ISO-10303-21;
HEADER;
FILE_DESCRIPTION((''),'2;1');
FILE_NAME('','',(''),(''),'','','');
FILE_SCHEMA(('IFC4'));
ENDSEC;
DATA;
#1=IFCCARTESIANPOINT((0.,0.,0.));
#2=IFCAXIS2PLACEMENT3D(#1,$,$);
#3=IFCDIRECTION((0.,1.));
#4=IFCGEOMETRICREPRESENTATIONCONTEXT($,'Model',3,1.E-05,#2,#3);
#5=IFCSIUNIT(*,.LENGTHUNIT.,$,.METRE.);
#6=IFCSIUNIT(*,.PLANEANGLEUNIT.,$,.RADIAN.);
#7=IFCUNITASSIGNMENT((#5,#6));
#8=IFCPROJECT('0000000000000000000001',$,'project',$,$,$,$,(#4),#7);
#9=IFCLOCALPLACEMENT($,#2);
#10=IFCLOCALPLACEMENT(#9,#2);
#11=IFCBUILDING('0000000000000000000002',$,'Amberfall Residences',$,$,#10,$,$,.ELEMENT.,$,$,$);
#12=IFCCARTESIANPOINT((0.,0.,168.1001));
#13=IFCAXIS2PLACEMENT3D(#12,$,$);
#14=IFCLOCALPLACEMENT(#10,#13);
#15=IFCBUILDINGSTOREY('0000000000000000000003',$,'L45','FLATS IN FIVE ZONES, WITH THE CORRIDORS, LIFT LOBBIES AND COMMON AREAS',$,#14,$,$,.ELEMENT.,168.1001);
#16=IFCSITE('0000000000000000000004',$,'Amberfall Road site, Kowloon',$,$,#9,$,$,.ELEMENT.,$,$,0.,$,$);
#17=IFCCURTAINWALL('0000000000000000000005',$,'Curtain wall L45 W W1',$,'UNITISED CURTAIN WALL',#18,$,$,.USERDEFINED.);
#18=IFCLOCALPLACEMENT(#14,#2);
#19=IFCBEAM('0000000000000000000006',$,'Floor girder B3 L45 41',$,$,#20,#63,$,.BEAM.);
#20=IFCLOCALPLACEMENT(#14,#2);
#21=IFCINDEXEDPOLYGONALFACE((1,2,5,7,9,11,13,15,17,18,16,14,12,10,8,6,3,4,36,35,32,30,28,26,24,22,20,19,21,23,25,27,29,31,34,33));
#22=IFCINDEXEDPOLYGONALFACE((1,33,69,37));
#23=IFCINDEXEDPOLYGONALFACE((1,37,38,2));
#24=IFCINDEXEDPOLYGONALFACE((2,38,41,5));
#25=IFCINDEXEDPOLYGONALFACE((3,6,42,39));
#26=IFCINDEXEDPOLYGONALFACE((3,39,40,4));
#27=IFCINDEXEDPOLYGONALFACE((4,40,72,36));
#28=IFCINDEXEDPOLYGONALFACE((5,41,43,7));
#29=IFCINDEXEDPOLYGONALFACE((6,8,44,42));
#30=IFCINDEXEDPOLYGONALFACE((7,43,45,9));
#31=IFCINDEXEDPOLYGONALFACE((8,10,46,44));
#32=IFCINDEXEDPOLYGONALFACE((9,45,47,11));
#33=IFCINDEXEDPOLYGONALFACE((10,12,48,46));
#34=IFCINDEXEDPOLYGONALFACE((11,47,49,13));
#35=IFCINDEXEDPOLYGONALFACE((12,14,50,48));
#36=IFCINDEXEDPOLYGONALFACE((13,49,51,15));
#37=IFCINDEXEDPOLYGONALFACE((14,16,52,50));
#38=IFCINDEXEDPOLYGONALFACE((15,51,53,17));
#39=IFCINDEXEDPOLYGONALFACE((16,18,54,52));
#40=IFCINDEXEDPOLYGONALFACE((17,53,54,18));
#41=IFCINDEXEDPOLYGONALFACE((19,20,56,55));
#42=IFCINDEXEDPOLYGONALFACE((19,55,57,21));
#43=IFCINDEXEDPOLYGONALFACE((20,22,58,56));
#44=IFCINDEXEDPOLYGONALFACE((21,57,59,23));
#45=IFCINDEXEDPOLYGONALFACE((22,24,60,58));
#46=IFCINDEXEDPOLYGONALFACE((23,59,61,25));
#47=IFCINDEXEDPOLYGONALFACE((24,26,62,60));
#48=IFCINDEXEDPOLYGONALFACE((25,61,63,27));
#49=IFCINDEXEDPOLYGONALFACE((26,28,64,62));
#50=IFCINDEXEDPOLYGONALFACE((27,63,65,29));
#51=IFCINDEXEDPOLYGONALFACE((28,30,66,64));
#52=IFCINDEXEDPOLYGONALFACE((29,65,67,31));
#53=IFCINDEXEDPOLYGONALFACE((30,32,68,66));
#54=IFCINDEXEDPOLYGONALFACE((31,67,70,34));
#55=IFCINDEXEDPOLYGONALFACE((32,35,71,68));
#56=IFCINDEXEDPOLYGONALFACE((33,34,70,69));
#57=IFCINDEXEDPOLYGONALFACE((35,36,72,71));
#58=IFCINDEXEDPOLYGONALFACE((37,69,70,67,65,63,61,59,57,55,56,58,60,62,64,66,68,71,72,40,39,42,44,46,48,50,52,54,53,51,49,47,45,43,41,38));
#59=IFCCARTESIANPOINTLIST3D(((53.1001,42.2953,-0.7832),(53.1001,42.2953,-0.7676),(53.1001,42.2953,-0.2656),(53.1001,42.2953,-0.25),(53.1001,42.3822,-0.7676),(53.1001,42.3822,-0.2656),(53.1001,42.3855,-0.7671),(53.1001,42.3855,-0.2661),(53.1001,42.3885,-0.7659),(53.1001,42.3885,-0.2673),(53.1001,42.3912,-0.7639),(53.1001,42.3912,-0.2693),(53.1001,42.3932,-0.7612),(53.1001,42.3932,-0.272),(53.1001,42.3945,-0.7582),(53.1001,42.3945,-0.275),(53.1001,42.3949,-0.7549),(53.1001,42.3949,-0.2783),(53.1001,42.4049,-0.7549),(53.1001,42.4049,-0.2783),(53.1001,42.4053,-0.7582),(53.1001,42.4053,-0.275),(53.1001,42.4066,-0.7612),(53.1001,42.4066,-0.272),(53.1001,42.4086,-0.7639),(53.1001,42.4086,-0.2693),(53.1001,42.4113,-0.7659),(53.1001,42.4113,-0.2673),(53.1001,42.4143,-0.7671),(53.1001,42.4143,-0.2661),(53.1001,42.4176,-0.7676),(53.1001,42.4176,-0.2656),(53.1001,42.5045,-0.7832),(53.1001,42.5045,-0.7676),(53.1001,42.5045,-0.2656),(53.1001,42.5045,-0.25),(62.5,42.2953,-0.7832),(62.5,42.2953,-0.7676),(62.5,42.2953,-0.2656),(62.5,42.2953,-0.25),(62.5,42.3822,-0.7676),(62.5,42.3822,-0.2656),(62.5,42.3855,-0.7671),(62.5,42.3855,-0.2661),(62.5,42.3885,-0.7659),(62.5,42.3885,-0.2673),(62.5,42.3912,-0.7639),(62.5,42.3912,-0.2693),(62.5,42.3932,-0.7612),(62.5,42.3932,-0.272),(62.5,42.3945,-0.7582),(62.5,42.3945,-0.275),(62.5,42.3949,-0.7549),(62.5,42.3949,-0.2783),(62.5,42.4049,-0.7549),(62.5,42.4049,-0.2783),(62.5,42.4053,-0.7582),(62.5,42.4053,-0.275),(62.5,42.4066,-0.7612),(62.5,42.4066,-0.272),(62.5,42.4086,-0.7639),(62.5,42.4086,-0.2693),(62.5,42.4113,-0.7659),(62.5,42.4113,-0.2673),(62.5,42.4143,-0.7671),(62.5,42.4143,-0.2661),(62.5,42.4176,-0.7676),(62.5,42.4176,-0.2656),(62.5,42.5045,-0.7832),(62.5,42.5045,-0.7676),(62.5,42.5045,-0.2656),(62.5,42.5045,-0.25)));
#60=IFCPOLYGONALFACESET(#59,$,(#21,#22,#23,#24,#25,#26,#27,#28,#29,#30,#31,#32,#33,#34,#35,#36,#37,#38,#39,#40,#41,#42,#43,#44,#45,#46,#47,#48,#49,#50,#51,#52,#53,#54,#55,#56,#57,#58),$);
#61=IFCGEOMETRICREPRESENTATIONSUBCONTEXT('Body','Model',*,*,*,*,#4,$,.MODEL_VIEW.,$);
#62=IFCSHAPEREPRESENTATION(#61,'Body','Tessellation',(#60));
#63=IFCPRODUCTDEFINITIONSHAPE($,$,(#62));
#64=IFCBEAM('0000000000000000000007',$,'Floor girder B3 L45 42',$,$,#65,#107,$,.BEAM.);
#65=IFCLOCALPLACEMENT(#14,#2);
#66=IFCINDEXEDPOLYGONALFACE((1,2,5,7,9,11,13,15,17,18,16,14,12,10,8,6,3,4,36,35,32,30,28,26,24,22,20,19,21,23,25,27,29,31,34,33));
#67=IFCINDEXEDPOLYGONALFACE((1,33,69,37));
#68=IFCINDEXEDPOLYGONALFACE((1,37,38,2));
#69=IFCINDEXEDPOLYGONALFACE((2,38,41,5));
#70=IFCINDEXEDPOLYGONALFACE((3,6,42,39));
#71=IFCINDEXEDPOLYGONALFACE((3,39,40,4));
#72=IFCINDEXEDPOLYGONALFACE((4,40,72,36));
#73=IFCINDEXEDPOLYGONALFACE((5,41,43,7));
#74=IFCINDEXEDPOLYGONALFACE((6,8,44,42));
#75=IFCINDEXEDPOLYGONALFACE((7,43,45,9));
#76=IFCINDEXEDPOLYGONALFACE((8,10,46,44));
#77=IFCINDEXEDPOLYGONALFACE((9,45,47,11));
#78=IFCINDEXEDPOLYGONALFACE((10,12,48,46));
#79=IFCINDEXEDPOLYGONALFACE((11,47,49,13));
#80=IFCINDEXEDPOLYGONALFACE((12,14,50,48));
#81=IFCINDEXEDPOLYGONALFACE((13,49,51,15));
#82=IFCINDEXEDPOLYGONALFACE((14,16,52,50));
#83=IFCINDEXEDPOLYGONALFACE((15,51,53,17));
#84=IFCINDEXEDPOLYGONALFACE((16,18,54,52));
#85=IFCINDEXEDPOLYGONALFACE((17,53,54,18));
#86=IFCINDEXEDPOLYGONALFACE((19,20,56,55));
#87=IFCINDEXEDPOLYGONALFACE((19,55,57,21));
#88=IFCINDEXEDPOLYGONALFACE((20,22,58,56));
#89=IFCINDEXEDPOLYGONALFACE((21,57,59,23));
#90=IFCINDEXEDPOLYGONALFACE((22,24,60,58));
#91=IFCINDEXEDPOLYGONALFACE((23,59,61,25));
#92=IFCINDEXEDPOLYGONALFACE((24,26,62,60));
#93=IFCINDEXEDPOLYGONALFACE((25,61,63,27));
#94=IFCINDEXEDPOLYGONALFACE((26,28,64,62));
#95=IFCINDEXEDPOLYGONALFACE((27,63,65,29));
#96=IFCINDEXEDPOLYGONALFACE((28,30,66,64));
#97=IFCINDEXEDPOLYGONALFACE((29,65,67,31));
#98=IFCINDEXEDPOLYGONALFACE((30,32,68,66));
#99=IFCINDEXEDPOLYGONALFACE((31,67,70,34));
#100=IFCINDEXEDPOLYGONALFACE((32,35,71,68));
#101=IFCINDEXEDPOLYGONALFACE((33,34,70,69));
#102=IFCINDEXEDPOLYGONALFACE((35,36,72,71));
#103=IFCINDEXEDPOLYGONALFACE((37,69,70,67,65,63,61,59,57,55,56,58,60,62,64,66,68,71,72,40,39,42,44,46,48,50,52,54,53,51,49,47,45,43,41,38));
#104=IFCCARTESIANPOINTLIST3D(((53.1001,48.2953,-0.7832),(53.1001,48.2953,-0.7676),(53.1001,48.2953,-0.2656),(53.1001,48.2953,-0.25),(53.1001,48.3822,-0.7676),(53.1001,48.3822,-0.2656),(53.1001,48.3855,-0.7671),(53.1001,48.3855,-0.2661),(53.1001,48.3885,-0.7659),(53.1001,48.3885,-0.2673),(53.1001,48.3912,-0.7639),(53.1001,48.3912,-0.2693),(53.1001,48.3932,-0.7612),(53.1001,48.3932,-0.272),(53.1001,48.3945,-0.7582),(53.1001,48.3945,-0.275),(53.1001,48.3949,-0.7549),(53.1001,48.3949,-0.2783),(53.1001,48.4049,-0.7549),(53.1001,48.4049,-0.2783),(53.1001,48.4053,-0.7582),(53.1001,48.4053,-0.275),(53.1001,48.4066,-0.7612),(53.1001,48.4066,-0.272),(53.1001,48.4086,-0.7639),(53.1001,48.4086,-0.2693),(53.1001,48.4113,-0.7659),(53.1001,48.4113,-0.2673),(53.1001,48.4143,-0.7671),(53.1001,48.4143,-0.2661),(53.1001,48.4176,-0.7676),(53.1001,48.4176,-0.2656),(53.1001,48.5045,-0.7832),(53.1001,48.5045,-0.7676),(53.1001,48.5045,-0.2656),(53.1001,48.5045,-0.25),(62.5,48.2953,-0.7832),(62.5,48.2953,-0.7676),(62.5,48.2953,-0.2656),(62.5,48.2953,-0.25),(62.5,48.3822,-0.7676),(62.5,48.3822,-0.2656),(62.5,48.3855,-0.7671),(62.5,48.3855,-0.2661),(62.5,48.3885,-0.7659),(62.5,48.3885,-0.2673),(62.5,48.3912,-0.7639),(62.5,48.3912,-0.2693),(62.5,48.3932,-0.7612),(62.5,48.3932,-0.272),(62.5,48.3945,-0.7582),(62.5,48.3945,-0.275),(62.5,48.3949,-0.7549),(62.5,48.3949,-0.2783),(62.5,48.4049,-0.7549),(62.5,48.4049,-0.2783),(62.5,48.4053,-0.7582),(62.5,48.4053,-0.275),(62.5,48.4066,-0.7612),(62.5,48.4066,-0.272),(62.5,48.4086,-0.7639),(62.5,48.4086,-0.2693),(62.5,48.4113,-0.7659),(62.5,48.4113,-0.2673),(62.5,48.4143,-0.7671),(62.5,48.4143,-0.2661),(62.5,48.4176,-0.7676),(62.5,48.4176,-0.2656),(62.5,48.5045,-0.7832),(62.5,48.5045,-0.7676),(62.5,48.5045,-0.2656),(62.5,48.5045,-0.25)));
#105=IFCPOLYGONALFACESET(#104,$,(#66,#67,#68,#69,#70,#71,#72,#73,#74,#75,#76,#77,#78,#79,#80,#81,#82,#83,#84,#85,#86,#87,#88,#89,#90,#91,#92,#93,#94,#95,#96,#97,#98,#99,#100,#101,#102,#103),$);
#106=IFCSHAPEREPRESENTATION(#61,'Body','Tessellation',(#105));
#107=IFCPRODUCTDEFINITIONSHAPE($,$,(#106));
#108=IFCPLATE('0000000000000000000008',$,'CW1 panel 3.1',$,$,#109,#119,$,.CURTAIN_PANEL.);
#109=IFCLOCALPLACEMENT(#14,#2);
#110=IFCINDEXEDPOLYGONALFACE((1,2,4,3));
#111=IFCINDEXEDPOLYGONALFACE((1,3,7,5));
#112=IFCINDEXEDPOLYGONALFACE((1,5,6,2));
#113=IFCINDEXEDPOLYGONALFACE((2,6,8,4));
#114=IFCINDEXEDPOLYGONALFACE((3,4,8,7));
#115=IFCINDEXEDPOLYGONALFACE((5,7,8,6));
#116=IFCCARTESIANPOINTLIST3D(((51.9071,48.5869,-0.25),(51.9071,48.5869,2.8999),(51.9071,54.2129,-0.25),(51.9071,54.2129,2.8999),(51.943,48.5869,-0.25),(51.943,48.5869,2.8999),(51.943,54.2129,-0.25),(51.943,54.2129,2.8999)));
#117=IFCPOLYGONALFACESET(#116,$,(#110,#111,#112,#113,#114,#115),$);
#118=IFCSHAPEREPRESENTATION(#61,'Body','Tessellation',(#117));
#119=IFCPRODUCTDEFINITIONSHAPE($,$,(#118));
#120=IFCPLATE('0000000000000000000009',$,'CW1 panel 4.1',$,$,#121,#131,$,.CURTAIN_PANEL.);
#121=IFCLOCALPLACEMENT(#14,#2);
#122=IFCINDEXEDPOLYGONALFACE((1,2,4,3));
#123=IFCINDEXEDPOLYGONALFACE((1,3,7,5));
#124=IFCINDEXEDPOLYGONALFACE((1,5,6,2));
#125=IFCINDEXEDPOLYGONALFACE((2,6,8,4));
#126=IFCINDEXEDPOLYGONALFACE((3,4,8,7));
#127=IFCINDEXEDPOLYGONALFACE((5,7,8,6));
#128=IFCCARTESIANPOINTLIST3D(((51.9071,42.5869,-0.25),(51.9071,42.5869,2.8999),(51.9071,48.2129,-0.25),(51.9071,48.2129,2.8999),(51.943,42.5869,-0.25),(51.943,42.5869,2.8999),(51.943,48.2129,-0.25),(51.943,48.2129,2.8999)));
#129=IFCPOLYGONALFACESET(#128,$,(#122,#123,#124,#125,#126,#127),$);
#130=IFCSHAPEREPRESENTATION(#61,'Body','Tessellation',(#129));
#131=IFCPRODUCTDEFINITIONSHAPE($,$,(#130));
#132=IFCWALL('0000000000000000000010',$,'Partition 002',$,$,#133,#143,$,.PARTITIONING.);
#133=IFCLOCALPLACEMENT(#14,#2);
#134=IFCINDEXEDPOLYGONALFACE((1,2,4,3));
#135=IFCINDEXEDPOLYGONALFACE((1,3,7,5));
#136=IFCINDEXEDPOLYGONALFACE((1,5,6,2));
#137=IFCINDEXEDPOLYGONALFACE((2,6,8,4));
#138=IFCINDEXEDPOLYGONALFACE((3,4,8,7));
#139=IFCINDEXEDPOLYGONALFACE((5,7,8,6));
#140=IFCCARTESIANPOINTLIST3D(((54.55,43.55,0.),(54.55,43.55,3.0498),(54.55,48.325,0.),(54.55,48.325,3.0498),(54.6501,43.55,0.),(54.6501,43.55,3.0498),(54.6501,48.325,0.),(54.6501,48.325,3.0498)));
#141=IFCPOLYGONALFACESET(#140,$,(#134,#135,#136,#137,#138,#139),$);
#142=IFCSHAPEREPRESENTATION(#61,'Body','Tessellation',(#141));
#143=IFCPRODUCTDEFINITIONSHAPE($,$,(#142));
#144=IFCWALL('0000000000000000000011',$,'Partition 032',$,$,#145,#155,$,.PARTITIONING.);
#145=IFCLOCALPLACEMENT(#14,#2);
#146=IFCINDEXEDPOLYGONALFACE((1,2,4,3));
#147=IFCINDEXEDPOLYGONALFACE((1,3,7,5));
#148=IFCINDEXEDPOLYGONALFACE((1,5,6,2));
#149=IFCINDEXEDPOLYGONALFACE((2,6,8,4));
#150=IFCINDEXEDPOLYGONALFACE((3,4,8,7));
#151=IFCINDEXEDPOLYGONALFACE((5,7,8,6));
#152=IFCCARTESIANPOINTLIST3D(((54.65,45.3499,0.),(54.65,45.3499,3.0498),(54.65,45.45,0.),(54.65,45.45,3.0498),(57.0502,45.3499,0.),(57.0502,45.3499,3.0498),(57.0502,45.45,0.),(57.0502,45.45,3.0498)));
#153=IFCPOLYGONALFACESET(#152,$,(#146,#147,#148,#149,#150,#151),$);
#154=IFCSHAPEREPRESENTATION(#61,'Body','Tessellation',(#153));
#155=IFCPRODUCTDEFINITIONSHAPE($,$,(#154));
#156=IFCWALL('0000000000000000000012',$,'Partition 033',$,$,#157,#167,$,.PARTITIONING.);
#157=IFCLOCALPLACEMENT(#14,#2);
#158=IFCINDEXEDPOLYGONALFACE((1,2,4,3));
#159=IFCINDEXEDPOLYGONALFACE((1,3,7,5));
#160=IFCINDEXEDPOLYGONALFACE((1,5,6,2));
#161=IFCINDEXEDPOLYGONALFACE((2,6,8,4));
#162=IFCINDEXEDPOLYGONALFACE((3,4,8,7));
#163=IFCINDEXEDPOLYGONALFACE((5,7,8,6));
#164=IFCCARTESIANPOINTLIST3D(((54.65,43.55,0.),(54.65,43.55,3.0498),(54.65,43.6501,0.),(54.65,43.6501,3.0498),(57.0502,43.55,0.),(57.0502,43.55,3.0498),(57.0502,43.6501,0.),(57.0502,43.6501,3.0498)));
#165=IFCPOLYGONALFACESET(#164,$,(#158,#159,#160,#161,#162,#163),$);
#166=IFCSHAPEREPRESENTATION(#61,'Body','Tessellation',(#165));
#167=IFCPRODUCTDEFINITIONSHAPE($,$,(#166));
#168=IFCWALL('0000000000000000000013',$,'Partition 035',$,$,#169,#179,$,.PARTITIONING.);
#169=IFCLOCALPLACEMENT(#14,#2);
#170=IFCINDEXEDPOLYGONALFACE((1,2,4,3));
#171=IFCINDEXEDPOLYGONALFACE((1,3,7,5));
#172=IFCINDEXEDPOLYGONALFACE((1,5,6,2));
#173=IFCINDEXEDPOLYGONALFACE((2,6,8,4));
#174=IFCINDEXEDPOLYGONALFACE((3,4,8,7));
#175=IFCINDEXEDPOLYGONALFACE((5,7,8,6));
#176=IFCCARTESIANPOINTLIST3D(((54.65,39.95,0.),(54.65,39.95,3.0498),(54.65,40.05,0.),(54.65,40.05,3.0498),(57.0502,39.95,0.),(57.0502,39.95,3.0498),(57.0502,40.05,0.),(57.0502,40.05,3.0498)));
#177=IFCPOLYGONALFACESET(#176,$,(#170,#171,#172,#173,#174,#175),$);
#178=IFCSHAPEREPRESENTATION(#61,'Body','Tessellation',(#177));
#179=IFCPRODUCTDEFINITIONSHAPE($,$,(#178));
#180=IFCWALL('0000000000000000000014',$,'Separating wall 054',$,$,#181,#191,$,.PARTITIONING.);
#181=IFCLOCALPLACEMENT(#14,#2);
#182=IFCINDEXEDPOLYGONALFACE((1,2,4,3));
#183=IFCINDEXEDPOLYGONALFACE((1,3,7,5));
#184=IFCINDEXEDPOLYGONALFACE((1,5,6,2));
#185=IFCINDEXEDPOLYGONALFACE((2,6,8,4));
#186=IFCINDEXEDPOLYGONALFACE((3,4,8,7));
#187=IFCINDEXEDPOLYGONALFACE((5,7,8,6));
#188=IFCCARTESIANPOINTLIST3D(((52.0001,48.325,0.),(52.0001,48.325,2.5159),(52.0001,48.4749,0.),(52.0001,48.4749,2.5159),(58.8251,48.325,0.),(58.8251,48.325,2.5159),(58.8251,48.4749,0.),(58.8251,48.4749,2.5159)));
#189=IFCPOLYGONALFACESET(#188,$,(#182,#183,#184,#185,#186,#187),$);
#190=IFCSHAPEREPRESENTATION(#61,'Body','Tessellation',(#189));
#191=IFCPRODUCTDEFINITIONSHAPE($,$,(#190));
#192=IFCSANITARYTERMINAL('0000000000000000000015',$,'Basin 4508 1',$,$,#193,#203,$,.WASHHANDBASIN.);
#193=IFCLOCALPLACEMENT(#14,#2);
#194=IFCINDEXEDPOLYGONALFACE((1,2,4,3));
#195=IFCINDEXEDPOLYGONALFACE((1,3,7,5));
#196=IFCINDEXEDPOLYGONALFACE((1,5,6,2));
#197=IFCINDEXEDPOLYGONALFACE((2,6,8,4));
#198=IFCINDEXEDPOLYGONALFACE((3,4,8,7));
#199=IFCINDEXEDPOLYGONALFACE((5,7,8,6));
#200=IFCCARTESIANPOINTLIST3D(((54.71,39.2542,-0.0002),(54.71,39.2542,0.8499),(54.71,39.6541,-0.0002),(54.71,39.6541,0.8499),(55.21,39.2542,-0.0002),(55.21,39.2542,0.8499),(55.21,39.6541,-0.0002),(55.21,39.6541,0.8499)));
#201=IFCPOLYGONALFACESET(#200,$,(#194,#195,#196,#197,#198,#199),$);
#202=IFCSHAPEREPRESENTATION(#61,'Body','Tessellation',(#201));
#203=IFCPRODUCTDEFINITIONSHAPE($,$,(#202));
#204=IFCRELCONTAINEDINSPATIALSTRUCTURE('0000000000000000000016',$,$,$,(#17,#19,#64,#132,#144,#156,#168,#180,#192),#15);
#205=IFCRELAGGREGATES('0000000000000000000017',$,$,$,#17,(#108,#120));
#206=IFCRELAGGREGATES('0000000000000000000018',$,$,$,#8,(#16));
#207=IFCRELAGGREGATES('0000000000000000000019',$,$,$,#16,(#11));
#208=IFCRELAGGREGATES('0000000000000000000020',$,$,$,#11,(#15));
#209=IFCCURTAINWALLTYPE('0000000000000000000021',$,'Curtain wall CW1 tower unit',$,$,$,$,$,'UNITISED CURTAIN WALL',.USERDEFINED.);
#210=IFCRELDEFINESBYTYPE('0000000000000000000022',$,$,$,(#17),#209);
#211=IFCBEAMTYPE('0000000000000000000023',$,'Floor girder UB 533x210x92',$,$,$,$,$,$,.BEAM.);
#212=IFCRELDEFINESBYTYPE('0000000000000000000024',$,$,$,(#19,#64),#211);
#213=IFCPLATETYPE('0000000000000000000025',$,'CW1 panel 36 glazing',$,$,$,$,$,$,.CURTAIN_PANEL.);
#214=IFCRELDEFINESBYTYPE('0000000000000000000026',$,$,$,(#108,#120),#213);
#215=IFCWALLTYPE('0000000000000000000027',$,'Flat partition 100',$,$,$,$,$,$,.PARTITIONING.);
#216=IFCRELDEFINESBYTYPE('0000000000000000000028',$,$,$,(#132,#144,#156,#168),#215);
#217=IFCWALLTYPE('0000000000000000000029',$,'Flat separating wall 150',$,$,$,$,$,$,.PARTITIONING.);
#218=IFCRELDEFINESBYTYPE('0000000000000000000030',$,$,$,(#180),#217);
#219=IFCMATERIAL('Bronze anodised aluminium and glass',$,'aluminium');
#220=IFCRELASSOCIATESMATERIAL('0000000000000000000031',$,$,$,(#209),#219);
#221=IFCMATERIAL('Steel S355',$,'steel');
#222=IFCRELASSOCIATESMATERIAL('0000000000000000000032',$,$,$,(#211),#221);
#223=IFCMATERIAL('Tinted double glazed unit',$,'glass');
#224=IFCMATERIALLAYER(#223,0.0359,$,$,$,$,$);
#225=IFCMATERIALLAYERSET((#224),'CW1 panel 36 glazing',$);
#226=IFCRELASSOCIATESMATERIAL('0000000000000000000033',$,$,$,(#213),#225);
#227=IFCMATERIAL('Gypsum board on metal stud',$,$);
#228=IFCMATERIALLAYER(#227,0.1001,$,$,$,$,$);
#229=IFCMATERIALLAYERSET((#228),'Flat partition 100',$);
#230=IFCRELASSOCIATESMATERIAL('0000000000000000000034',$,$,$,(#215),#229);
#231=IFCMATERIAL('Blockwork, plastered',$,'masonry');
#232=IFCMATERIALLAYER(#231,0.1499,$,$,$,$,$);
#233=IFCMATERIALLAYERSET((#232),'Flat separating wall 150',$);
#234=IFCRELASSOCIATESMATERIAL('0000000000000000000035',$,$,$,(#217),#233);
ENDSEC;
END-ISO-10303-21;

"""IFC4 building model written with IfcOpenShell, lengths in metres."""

from ifc_helpers import new_model, si_unit, direction, frame, frame_2d, origin, origin_2d, place, context, subcontext, project, spatial, rectangle, i_section, extrude, material, layer, layer_set, material_profile, profile_set, type_object, element, aggregate, save


model = new_model("IFC4")

# Units and contexts
model_context = context("Model", 3, precision=1e-05, world=origin(), true_north=direction((0.0, 1.0)))
body_context = subcontext(model_context, "Body", "Model", "MODEL_VIEW")
ifc_project = project(units=[si_unit("LENGTHUNIT", "METRE"), si_unit("PLANEANGLEUNIT", "RADIAN")], contexts=[model_context])

# Site, building, storey
site_placement = place(None, origin())
site = spatial("IfcSite", under=ifc_project, at=site_placement, Name="Amberfall Road site, Kowloon", CompositionType="ELEMENT", RefElevation=0.0)
building_placement = place(site_placement, origin())
building = spatial("IfcBuilding", under=site, at=building_placement, Name="Amberfall Residences", CompositionType="ELEMENT")
storey_placement = place(building_placement, frame((0.0, 0.0, 168.1001)))
storey = spatial("IfcBuildingStorey", under=building, at=storey_placement, Name="L45", Description="FLATS IN FIVE ZONES, WITH THE CORRIDORS, LIFT LOBBIES AND COMMON AREAS", CompositionType="ELEMENT", Elevation=168.1001)

# Curtain wall
ifc_material_1 = material(Name="Bronze anodised aluminium and glass", Category="aluminium")
curtain_wall_type = type_object("IfcCurtainWallType", Name="Curtain wall CW1 tower unit", ElementType="UNITISED CURTAIN WALL", PredefinedType="USERDEFINED", material=ifc_material_1)
curtain_wall_placement = place(storey_placement, origin())
curtain_wall = element("IfcCurtainWall", 1, at=curtain_wall_placement, inside=storey, type_object=curtain_wall_type, Name="Curtain wall L45 W W1", ObjectType="UNITISED CURTAIN WALL", PredefinedType="USERDEFINED")

# Shared definitions
ifc_material_2 = material(Name="Steel S355", Category="steel")

# Beams
ifc_material_profile_1 = material_profile(ifc_material_2, i_section(OverallWidth=0.2092, OverallDepth=0.5332, WebThickness=0.01, FlangeThickness=0.0156, FilletRadius=0.0127, at=origin_2d()), Name="UB 533x210x92")
ifc_profile_set_1 = profile_set([ifc_material_profile_1], Name="Steel S355")
beam_type_1 = type_object("IfcBeamType", Name="Floor girder UB 533x210x92", PredefinedType="BEAM", material=ifc_profile_set_1)
for number, where, z_axis, x_axis, name in (
    (2, (53.1001, 42.3999, -0.5166), (1.0, 0.0, 0.0), (0.0, 1.0, 0.0), "Floor girder B3 L45 41"),
    (3, (53.1001, 48.3999, -0.5166), (1.0, 0.0, 0.0), (0.0, 1.0, 0.0), "Floor girder B3 L45 42"),
):
    element("IfcBeam", number, at=place(storey_placement, frame(where, z_axis=z_axis, x_axis=x_axis)), inside=storey, type_object=beam_type_1, Name=name, PredefinedType="BEAM", context=body_context, shape_type="SweptSolid", body=[
        extrude(i_section(OverallWidth=0.2092, OverallDepth=0.5332, WebThickness=0.01, FlangeThickness=0.0156, FilletRadius=0.0127, at=origin_2d()), origin(), (0.0, 0.0, 1.0), 9.3999),
    ])

# Plates
ifc_material_3 = material(Name="Tinted double glazed unit", Category="glass")
ifc_layer_1 = layer(ifc_material_3, 0.0359)
ifc_layer_set_1 = layer_set([ifc_layer_1], Name="CW1 panel 36 glazing")
plate_type = type_object("IfcPlateType", Name="CW1 panel 36 glazing", PredefinedType="CURTAIN_PANEL", material=ifc_layer_set_1)
plate_1_placement = place(storey_placement, frame((51.925, 51.3999, -0.25), z_axis=(0.0, 0.0, 1.0), x_axis=(0.0, -1.0, 0.0)))
plate_1 = element("IfcPlate", 4, at=plate_1_placement, type_object=plate_type, Name="CW1 panel 3.1", PredefinedType="CURTAIN_PANEL", context=body_context, shape_type="SweptSolid", body=[
    extrude(rectangle(XDim=5.626, YDim=0.0359, at=origin_2d()), origin(), (0.0, 0.0, 1.0), 3.1499),
])
plate_2_placement = place(storey_placement, frame((51.925, 45.3999, -0.25), z_axis=(0.0, 0.0, 1.0), x_axis=(0.0, -1.0, 0.0)))
plate_2 = element("IfcPlate", 5, at=plate_2_placement, type_object=plate_type, Name="CW1 panel 4.1", PredefinedType="CURTAIN_PANEL", context=body_context, shape_type="SweptSolid", body=[
    extrude(rectangle(XDim=5.626, YDim=0.0359, at=origin_2d()), origin(), (0.0, 0.0, 1.0), 3.1499),
])
aggregate(curtain_wall, [plate_1, plate_2])

# Walls
ifc_material_4 = material(Name="Gypsum board on metal stud")
ifc_layer_2 = layer(ifc_material_4, 0.1001)
ifc_layer_set_2 = layer_set([ifc_layer_2], Name="Flat partition 100")
wall_type_1 = type_object("IfcWallType", Name="Flat partition 100", PredefinedType="PARTITIONING", material=ifc_layer_set_2)
wall_1_placement = place(storey_placement, frame((54.6001, 43.55, 0.0), z_axis=(0.0, 0.0, 1.0), x_axis=(0.0, 1.0, 0.0)))
element("IfcWall", 6, at=wall_1_placement, inside=storey, type_object=wall_type_1, Name="Partition 002", PredefinedType="PARTITIONING", context=body_context, shape_type="SweptSolid", body=[
    extrude(rectangle(XDim=4.7749, YDim=0.1001, at=frame_2d((2.3875, 0.0))), origin(), (0.0, 0.0, 1.0), 3.0498),
])
for number, where, z_axis, x_axis, name in (
    (7, (54.6499, 45.3999, 0.0), (0.0, 0.0, 1.0), (1.0, 0.0, 0.0), "Partition 032"),
    (8, (54.6499, 43.6001, 0.0), (0.0, 0.0, 1.0), (1.0, 0.0, 0.0), "Partition 033"),
    (9, (54.6499, 40.0, 0.0), (0.0, 0.0, 1.0), (1.0, 0.0, 0.0), "Partition 035"),
):
    element("IfcWall", number, at=place(storey_placement, frame(where, z_axis=z_axis, x_axis=x_axis)), inside=storey, type_object=wall_type_1, Name=name, PredefinedType="PARTITIONING", context=body_context, shape_type="SweptSolid", body=[
        extrude(rectangle(XDim=2.4001, YDim=0.1001, at=frame_2d((1.2002, 0.0))), origin(), (0.0, 0.0, 1.0), 3.0498),
    ])
ifc_material_5 = material(Name="Blockwork, plastered", Category="masonry")
ifc_layer_3 = layer(ifc_material_5, 0.1499)
ifc_layer_set_3 = layer_set([ifc_layer_3], Name="Flat separating wall 150")
wall_type_2 = type_object("IfcWallType", Name="Flat separating wall 150", PredefinedType="PARTITIONING", material=ifc_layer_set_3)
wall_2_placement = place(storey_placement, frame((52.0, 48.3999, 0.0), z_axis=(0.0, 0.0, 1.0), x_axis=(1.0, 0.0, 0.0)))
element("IfcWall", 10, at=wall_2_placement, inside=storey, type_object=wall_type_2, Name="Separating wall 054", PredefinedType="PARTITIONING", context=body_context, shape_type="SweptSolid", body=[
    extrude(rectangle(XDim=6.825, YDim=0.1499, at=frame_2d((3.4126, 0.0))), origin(), (0.0, 0.0, 1.0), 2.5159),
])

# Sanitary terminal
sanitary_terminal_1_placement = place(storey_placement, frame((54.96, 39.4541, -0.0002), z_axis=(0.0, 0.0, 1.0), x_axis=(1.0, 0.0, 0.0)))
element("IfcSanitaryTerminal", 11, at=sanitary_terminal_1_placement, inside=storey, Name="Basin 4508 1", PredefinedType="WASHHANDBASIN", context=body_context, shape_type="SweptSolid", body=[
    extrude(rectangle(XDim=0.5, YDim=0.3999, at=origin_2d()), origin(), (0.0, 0.0, 1.0), 0.8501),
])

save(model, "model.ifc")
